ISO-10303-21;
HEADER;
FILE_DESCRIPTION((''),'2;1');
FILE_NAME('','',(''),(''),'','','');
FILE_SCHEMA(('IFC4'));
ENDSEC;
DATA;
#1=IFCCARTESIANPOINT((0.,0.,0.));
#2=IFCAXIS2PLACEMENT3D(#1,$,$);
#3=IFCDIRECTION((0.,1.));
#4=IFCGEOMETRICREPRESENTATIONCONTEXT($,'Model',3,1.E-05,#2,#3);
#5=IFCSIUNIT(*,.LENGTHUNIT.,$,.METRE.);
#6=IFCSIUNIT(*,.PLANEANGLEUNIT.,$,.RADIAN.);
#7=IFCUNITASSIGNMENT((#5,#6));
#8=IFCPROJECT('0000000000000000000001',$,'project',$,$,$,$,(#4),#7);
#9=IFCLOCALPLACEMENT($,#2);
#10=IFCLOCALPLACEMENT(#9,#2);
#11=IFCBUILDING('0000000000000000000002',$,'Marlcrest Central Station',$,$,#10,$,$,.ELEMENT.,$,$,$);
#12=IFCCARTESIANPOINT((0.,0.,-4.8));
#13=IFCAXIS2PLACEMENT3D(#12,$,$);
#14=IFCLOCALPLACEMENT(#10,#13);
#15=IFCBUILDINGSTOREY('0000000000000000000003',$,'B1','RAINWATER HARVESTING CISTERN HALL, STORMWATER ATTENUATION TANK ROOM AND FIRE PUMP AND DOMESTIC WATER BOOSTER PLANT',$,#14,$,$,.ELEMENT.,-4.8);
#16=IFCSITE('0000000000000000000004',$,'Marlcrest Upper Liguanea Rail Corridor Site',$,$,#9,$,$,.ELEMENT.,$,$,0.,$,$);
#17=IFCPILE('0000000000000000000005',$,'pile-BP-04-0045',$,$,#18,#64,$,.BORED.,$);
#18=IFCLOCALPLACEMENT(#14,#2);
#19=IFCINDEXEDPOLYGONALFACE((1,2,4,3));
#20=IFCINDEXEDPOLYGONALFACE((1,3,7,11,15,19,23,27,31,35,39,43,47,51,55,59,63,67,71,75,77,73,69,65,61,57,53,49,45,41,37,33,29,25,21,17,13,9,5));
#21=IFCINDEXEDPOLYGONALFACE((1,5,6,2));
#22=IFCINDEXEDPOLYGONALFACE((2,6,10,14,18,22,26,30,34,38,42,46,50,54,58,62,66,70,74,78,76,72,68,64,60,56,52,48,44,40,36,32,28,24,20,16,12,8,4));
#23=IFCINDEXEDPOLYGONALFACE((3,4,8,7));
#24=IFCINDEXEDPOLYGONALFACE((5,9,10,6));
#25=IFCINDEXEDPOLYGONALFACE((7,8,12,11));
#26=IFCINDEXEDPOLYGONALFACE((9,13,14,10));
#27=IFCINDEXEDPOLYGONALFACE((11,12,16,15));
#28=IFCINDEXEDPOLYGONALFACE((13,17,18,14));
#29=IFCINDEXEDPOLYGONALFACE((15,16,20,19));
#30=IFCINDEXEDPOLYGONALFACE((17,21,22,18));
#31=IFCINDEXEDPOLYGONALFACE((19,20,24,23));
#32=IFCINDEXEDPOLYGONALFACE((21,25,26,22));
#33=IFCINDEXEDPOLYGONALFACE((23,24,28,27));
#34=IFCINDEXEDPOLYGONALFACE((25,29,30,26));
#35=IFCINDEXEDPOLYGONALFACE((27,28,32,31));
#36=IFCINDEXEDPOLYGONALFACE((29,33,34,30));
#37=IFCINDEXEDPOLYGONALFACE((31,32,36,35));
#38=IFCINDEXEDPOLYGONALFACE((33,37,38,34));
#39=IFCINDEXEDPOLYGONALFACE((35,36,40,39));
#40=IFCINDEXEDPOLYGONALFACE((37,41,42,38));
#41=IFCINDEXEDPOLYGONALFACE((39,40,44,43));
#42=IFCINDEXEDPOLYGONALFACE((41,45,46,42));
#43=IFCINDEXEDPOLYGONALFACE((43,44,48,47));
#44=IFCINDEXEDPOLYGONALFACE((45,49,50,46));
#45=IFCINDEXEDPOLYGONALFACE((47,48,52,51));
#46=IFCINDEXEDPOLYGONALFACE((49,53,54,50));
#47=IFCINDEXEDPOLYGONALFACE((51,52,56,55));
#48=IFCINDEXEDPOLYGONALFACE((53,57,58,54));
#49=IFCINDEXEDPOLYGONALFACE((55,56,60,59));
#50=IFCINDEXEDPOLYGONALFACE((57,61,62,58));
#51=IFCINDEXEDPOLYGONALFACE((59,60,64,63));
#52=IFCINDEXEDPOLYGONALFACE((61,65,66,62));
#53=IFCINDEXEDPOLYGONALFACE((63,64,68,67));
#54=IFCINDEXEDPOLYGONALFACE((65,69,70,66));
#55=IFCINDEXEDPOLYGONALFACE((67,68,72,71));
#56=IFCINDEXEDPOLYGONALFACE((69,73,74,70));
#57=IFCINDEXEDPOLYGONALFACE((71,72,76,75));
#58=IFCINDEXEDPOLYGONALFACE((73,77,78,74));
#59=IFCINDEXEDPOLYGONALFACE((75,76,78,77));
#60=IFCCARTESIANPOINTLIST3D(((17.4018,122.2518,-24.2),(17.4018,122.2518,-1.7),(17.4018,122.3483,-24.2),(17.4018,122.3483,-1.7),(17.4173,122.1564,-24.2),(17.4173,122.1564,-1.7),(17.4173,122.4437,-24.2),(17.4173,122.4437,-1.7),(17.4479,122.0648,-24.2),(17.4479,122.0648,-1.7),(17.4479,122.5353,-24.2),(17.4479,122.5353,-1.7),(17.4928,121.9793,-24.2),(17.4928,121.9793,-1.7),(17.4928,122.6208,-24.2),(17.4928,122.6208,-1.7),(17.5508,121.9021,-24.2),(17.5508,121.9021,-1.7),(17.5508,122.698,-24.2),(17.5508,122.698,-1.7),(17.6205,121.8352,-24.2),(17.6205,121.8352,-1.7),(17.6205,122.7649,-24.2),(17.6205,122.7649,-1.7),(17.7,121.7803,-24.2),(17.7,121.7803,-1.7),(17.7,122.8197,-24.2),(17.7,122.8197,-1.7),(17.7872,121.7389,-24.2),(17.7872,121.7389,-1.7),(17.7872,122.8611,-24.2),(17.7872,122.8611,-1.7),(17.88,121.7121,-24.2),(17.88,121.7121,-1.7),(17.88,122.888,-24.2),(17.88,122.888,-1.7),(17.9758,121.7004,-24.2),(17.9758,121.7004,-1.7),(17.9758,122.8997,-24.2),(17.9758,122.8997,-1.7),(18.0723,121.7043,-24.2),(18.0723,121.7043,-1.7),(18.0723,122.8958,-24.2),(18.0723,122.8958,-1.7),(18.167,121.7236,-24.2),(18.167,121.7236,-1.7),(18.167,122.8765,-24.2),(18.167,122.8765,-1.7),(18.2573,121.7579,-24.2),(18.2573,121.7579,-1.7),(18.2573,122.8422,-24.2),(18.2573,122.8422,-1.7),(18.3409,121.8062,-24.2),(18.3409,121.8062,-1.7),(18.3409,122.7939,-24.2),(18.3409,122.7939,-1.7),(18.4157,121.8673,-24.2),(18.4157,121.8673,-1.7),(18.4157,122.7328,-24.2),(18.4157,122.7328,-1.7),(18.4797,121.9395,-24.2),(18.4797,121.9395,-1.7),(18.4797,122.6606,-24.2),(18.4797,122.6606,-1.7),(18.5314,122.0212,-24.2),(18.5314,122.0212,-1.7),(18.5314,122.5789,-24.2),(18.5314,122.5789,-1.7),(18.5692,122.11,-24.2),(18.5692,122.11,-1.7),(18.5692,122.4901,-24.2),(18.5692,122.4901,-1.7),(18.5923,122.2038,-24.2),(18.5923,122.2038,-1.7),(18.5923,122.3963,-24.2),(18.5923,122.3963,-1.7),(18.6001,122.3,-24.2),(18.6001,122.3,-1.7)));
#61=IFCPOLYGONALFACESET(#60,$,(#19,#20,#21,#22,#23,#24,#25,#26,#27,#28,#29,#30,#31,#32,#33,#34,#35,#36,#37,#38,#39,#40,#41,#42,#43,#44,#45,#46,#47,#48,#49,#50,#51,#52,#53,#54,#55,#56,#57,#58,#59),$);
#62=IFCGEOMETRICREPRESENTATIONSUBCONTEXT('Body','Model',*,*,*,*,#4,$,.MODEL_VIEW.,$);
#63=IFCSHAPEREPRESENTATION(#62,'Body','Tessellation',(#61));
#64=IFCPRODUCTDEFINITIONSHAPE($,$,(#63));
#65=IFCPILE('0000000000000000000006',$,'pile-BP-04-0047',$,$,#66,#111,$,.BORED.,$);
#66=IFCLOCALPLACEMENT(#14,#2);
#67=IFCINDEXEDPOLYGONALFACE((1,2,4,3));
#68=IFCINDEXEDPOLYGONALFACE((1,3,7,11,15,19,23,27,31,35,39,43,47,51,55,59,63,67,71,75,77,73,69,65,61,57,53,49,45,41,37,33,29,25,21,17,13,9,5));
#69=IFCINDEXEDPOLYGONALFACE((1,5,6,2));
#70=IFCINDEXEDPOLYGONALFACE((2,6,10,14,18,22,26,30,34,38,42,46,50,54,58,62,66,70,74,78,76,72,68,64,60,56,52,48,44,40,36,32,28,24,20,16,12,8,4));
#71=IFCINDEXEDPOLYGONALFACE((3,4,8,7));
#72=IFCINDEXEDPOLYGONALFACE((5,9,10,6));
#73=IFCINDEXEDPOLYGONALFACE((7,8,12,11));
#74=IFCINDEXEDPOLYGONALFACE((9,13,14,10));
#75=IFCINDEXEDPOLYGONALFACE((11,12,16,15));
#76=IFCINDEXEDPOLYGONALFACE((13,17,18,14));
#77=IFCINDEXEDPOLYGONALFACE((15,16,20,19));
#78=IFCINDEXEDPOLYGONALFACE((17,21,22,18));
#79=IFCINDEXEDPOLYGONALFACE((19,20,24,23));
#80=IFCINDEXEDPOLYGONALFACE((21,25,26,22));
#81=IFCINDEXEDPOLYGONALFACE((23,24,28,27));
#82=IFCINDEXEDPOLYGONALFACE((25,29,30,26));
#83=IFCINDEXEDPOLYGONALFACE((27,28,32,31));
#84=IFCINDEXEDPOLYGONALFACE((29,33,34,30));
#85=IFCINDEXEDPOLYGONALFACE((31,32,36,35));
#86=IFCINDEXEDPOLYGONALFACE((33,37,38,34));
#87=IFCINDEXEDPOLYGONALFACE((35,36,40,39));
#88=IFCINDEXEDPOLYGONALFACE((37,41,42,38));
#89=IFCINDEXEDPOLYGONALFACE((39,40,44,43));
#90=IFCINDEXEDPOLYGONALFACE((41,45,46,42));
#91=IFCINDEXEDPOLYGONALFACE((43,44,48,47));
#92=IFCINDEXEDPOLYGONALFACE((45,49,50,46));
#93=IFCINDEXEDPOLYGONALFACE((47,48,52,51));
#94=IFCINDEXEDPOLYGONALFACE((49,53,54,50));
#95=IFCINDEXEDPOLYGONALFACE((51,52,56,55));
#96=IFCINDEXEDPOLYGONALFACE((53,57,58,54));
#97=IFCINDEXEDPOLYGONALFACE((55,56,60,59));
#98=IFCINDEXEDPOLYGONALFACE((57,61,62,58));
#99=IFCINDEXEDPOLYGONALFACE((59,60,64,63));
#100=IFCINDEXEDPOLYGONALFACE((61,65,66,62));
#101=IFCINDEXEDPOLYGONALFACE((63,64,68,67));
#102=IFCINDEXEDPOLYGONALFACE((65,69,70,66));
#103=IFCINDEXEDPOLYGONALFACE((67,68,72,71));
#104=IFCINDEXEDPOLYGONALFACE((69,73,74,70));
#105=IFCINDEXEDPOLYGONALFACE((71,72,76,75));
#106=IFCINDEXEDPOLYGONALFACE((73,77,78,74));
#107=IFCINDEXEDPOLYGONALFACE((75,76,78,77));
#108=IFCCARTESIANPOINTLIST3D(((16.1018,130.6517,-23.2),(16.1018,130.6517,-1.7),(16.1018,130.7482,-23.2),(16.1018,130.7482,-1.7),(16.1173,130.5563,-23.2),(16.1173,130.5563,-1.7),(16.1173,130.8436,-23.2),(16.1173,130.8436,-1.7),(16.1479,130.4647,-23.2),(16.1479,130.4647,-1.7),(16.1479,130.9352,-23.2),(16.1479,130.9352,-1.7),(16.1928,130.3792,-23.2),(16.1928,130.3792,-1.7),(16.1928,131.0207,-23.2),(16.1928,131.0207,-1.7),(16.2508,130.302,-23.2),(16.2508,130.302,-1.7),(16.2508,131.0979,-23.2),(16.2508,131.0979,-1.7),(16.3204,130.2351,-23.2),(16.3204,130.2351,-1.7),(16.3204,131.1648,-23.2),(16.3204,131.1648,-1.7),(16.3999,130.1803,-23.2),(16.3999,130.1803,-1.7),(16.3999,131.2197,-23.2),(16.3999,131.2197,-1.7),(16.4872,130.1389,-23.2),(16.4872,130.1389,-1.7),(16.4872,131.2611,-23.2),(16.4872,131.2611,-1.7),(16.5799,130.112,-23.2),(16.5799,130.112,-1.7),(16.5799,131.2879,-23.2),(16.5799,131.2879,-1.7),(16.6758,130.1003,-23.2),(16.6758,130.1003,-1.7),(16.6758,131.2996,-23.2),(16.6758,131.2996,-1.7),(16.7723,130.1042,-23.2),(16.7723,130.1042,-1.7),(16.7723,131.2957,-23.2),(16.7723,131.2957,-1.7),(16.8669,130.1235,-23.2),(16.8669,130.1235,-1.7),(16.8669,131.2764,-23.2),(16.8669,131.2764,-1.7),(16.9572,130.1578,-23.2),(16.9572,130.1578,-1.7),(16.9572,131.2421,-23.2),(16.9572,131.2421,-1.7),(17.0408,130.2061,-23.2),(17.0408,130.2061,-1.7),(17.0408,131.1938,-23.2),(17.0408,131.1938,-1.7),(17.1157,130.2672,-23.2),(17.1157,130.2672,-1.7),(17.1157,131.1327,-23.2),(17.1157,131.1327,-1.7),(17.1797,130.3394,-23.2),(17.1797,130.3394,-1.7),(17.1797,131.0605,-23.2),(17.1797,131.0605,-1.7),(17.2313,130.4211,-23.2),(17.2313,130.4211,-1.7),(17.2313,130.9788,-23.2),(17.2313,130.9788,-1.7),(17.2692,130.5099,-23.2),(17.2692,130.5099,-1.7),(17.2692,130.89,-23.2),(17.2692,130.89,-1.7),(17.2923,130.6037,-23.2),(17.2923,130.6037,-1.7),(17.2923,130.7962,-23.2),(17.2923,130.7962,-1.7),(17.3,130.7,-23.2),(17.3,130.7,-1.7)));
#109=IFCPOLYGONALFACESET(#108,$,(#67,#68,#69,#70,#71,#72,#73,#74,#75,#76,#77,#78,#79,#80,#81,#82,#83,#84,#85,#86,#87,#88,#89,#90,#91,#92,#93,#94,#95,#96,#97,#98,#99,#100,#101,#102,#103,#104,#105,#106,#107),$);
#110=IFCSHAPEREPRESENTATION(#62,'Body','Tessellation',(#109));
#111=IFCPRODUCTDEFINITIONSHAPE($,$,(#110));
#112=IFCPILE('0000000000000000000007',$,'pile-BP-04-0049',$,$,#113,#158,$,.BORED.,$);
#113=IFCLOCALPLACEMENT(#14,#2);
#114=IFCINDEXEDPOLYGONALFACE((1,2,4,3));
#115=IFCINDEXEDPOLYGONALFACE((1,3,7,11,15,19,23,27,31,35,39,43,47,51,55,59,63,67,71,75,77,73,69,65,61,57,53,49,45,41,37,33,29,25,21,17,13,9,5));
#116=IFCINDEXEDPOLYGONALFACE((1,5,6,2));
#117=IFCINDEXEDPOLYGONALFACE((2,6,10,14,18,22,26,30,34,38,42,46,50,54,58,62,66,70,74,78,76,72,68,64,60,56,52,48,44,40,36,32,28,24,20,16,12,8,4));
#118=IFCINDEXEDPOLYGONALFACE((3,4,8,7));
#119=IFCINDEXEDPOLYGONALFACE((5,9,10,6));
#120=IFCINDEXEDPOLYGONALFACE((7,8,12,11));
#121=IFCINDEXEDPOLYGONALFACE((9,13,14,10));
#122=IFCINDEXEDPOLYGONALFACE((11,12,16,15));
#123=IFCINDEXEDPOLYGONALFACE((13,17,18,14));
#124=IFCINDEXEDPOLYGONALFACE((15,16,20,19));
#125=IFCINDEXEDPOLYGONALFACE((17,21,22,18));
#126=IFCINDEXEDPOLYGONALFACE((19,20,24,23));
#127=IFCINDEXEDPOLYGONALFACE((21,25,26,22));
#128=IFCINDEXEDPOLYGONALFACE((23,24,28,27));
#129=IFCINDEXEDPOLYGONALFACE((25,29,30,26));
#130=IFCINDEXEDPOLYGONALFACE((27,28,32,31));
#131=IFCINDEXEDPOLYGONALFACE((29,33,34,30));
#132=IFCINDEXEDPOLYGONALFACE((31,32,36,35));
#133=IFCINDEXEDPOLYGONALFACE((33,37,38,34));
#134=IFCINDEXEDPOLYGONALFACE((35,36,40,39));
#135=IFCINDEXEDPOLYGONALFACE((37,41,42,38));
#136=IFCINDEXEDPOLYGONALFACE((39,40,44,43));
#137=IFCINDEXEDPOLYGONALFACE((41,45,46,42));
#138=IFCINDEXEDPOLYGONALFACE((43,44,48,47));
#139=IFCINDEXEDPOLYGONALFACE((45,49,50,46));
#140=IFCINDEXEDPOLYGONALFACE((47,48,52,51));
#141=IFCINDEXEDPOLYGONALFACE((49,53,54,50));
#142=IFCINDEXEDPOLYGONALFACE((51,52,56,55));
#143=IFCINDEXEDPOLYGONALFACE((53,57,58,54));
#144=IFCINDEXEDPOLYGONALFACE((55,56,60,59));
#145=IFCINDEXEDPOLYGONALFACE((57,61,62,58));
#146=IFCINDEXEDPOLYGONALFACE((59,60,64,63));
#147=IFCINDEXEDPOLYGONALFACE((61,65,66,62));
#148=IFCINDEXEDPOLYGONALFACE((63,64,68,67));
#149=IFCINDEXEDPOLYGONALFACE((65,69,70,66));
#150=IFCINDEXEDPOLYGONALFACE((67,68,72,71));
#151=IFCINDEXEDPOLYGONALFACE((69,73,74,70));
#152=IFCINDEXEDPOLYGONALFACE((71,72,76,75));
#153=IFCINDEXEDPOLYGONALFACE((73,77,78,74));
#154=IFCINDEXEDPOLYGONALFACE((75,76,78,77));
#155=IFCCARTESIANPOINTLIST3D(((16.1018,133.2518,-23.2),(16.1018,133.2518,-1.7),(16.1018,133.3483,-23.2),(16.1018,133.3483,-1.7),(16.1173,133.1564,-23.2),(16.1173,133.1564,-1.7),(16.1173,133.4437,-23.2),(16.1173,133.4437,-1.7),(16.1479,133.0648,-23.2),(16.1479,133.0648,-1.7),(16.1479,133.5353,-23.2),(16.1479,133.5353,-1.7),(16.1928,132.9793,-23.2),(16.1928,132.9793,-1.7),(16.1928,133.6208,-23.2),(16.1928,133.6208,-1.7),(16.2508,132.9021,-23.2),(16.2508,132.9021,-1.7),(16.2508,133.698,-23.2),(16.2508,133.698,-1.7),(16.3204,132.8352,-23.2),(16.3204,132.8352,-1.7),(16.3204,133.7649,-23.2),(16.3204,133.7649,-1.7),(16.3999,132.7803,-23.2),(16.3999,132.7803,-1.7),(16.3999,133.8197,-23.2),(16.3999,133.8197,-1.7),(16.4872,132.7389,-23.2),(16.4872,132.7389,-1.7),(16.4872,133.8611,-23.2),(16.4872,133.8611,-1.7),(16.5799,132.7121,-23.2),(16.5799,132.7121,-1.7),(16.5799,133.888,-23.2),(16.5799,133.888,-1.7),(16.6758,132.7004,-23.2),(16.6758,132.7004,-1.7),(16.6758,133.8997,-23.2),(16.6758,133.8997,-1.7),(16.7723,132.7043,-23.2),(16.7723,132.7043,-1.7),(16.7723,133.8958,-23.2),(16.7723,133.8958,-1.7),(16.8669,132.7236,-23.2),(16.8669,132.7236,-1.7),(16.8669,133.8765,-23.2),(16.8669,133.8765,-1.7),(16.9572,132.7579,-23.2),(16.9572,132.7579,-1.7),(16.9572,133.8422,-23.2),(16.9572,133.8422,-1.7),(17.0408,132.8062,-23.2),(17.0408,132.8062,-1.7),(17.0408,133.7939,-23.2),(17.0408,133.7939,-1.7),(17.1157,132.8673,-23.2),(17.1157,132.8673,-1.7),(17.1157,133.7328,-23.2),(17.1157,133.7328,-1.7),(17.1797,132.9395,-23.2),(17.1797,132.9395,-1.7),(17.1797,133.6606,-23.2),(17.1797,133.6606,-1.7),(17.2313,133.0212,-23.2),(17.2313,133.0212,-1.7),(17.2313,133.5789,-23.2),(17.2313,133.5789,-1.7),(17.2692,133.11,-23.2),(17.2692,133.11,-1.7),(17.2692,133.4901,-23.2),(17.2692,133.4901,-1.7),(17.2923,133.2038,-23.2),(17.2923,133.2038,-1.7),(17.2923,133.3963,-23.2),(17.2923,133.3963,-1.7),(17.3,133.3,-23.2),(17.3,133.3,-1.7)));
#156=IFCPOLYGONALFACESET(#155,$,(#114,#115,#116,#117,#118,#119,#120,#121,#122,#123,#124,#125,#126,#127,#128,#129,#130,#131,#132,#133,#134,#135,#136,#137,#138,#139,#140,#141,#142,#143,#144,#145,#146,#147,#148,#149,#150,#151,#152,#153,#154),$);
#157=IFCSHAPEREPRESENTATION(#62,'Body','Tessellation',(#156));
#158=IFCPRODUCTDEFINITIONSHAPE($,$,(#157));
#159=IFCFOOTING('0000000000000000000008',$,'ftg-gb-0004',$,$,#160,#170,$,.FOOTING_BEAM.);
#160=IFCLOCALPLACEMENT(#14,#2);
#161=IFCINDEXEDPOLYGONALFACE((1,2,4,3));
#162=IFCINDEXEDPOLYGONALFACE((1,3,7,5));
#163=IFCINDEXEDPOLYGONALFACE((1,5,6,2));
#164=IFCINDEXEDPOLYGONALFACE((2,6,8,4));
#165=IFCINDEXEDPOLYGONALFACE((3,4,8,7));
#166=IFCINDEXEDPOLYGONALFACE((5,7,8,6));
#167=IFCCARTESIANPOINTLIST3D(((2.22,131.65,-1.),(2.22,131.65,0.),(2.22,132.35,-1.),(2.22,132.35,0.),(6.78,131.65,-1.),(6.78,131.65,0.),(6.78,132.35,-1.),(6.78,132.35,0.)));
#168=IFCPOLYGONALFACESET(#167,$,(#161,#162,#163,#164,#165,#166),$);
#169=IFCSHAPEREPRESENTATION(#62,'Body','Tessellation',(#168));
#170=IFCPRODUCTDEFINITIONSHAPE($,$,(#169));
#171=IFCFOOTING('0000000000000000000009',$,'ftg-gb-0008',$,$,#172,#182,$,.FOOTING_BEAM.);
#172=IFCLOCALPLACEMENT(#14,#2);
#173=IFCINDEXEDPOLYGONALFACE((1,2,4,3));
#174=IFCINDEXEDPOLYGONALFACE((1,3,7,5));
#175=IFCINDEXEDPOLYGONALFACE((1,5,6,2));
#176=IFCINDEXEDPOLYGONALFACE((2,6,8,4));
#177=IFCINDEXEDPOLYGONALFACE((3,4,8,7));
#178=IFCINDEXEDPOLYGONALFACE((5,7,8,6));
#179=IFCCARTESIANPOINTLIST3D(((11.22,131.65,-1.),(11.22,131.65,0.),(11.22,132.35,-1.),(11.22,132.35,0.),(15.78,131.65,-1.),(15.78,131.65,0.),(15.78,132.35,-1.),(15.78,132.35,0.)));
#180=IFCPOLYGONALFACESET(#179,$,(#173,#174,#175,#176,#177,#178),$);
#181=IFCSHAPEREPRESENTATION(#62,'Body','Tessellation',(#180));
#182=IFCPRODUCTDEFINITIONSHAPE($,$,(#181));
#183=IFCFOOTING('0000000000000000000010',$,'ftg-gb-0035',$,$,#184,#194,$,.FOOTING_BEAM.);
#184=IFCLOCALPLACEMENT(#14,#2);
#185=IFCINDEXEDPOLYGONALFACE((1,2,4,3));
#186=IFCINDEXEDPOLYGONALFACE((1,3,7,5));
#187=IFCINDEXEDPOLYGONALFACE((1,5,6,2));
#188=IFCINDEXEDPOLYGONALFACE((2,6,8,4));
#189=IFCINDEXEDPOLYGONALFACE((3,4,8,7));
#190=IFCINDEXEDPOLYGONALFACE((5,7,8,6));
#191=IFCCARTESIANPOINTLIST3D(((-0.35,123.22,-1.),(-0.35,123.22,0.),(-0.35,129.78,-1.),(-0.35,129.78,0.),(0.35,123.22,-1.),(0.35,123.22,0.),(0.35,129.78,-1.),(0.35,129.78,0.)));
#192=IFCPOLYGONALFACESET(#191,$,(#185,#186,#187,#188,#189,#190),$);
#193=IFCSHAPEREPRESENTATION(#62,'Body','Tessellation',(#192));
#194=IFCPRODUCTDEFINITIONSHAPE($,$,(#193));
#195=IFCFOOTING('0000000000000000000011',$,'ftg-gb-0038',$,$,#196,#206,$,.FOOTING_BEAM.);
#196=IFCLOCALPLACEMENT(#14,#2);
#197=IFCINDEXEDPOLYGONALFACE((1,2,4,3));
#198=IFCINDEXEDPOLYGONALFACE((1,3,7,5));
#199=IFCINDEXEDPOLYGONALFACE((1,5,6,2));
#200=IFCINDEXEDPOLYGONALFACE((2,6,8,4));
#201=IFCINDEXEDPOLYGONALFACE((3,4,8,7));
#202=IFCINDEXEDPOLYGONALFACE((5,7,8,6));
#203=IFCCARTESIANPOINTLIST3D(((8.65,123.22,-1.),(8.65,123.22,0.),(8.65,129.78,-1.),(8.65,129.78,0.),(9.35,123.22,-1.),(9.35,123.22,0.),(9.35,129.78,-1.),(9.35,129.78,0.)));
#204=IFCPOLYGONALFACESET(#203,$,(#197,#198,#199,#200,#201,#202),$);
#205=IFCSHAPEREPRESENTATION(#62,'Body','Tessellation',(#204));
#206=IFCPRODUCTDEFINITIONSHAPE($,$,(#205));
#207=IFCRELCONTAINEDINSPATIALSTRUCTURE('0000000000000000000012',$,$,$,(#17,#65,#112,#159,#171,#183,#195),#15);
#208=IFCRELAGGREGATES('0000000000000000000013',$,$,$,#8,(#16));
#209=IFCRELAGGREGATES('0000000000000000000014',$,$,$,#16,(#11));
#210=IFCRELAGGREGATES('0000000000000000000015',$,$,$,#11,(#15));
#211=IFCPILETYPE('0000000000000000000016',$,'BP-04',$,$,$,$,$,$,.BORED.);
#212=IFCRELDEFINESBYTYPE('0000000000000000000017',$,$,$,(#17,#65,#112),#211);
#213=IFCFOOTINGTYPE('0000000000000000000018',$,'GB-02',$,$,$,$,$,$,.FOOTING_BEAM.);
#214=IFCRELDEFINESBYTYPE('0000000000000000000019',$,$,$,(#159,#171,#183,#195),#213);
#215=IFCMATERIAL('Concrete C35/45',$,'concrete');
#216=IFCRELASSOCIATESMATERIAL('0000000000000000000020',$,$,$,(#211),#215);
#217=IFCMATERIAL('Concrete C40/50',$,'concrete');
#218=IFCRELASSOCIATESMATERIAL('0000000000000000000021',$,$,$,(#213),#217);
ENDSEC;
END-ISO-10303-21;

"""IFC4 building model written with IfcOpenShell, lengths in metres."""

from ifc_helpers import new_model, si_unit, direction, frame, origin, origin_2d, place, context, subcontext, project, spatial, rectangle, circle, extrude, material, material_profile, profile_set, type_object, element, save


model = new_model("IFC4")

# Units and contexts
model_context = context("Model", 3, precision=1e-05, world=origin(), true_north=direction((0.0, 1.0)))
body_context = subcontext(model_context, "Body", "Model", "MODEL_VIEW")
ifc_project = project(units=[si_unit("LENGTHUNIT", "METRE"), si_unit("PLANEANGLEUNIT", "RADIAN")], contexts=[model_context])

# Site, building, storey
site_placement = place(None, origin())
site = spatial("IfcSite", under=ifc_project, at=site_placement, Name="Marlcrest Upper Liguanea Rail Corridor Site", CompositionType="ELEMENT", RefElevation=0.0)
building_placement = place(site_placement, origin())
building = spatial("IfcBuilding", under=site, at=building_placement, Name="Marlcrest Central Station", CompositionType="ELEMENT")
storey_placement = place(building_placement, frame((0.0, 0.0, -4.8)))
storey = spatial("IfcBuildingStorey", under=building, at=storey_placement, Name="B1", Description="RAINWATER HARVESTING CISTERN HALL, STORMWATER ATTENUATION TANK ROOM AND FIRE PUMP AND DOMESTIC WATER BOOSTER PLANT", CompositionType="ELEMENT", Elevation=-4.8)

# Piles
ifc_material_1 = material(Name="Concrete C35/45", Category="concrete")
ifc_material_profile_1 = material_profile(ifc_material_1, circle(Radius=0.6001, at=origin_2d()), Name="PILE D1200")
ifc_profile_set_1 = profile_set([ifc_material_profile_1], Name="Concrete C35/45")
pile_type = type_object("IfcPileType", Name="BP-04", PredefinedType="BORED", material=ifc_profile_set_1)
for number, where, z_axis, x_axis, name in (
    (1, (18.0, 122.3, -1.7), (0.0, 0.0, -1.0), (1.0, 0.0, 0.0), "pile-BP-04-0045"),
):
    element("IfcPile", number, at=place(storey_placement, frame(where, z_axis=z_axis, x_axis=x_axis)), inside=storey, type_object=pile_type, Name=name, PredefinedType="BORED", context=body_context, shape_type="SweptSolid", body=[
        extrude(circle(Radius=0.6001, at=origin_2d()), origin(), (0.0, 0.0, 1.0), 22.5),
    ])
for number, where, z_axis, x_axis, name in (
    (2, (16.7, 130.7, -1.7), (0.0, 0.0, -1.0), (1.0, 0.0, 0.0), "pile-BP-04-0047"),
    (3, (16.7, 133.3, -1.7), (0.0, 0.0, -1.0), (1.0, 0.0, 0.0), "pile-BP-04-0049"),
):
    element("IfcPile", number, at=place(storey_placement, frame(where, z_axis=z_axis, x_axis=x_axis)), inside=storey, type_object=pile_type, Name=name, PredefinedType="BORED", context=body_context, shape_type="SweptSolid", body=[
        extrude(circle(Radius=0.6001, at=origin_2d()), origin(), (0.0, 0.0, 1.0), 21.5),
    ])

# Footings
ifc_material_2 = material(Name="Concrete C40/50", Category="concrete")
footing_type_1 = type_object("IfcFootingType", Name="GB-02", PredefinedType="FOOTING_BEAM", material=ifc_material_2)
for number, where, z_axis, x_axis, name in (
    (4, (4.5, 132.0, -1.0), (0.0, 0.0, 1.0), (1.0, 0.0, 0.0), "ftg-gb-0004"),
    (5, (13.5, 132.0, -1.0), (0.0, 0.0, 1.0), (1.0, 0.0, 0.0), "ftg-gb-0008"),
):
    element("IfcFooting", number, at=place(storey_placement, frame(where, z_axis=z_axis, x_axis=x_axis)), inside=storey, type_object=footing_type_1, Name=name, PredefinedType="FOOTING_BEAM", context=body_context, shape_type="SweptSolid", body=[
        extrude(rectangle(XDim=4.5601, YDim=0.7, at=origin_2d()), origin(), (0.0, 0.0, 1.0), 1.0),
    ])
for number, where, z_axis, x_axis, name in (
    (6, (0.0, 126.5, -1.0), (0.0, 0.0, 1.0), (1.0, 0.0, 0.0), "ftg-gb-0035"),
    (7, (9.0, 126.5, -1.0), (0.0, 0.0, 1.0), (1.0, 0.0, 0.0), "ftg-gb-0038"),
):
    element("IfcFooting", number, at=place(storey_placement, frame(where, z_axis=z_axis, x_axis=x_axis)), inside=storey, type_object=footing_type_1, Name=name, PredefinedType="FOOTING_BEAM", context=body_context, shape_type="SweptSolid", body=[
        extrude(rectangle(XDim=0.7, YDim=6.5601, at=origin_2d()), origin(), (0.0, 0.0, 1.0), 1.0),
    ])

save(model, "model.ifc")
